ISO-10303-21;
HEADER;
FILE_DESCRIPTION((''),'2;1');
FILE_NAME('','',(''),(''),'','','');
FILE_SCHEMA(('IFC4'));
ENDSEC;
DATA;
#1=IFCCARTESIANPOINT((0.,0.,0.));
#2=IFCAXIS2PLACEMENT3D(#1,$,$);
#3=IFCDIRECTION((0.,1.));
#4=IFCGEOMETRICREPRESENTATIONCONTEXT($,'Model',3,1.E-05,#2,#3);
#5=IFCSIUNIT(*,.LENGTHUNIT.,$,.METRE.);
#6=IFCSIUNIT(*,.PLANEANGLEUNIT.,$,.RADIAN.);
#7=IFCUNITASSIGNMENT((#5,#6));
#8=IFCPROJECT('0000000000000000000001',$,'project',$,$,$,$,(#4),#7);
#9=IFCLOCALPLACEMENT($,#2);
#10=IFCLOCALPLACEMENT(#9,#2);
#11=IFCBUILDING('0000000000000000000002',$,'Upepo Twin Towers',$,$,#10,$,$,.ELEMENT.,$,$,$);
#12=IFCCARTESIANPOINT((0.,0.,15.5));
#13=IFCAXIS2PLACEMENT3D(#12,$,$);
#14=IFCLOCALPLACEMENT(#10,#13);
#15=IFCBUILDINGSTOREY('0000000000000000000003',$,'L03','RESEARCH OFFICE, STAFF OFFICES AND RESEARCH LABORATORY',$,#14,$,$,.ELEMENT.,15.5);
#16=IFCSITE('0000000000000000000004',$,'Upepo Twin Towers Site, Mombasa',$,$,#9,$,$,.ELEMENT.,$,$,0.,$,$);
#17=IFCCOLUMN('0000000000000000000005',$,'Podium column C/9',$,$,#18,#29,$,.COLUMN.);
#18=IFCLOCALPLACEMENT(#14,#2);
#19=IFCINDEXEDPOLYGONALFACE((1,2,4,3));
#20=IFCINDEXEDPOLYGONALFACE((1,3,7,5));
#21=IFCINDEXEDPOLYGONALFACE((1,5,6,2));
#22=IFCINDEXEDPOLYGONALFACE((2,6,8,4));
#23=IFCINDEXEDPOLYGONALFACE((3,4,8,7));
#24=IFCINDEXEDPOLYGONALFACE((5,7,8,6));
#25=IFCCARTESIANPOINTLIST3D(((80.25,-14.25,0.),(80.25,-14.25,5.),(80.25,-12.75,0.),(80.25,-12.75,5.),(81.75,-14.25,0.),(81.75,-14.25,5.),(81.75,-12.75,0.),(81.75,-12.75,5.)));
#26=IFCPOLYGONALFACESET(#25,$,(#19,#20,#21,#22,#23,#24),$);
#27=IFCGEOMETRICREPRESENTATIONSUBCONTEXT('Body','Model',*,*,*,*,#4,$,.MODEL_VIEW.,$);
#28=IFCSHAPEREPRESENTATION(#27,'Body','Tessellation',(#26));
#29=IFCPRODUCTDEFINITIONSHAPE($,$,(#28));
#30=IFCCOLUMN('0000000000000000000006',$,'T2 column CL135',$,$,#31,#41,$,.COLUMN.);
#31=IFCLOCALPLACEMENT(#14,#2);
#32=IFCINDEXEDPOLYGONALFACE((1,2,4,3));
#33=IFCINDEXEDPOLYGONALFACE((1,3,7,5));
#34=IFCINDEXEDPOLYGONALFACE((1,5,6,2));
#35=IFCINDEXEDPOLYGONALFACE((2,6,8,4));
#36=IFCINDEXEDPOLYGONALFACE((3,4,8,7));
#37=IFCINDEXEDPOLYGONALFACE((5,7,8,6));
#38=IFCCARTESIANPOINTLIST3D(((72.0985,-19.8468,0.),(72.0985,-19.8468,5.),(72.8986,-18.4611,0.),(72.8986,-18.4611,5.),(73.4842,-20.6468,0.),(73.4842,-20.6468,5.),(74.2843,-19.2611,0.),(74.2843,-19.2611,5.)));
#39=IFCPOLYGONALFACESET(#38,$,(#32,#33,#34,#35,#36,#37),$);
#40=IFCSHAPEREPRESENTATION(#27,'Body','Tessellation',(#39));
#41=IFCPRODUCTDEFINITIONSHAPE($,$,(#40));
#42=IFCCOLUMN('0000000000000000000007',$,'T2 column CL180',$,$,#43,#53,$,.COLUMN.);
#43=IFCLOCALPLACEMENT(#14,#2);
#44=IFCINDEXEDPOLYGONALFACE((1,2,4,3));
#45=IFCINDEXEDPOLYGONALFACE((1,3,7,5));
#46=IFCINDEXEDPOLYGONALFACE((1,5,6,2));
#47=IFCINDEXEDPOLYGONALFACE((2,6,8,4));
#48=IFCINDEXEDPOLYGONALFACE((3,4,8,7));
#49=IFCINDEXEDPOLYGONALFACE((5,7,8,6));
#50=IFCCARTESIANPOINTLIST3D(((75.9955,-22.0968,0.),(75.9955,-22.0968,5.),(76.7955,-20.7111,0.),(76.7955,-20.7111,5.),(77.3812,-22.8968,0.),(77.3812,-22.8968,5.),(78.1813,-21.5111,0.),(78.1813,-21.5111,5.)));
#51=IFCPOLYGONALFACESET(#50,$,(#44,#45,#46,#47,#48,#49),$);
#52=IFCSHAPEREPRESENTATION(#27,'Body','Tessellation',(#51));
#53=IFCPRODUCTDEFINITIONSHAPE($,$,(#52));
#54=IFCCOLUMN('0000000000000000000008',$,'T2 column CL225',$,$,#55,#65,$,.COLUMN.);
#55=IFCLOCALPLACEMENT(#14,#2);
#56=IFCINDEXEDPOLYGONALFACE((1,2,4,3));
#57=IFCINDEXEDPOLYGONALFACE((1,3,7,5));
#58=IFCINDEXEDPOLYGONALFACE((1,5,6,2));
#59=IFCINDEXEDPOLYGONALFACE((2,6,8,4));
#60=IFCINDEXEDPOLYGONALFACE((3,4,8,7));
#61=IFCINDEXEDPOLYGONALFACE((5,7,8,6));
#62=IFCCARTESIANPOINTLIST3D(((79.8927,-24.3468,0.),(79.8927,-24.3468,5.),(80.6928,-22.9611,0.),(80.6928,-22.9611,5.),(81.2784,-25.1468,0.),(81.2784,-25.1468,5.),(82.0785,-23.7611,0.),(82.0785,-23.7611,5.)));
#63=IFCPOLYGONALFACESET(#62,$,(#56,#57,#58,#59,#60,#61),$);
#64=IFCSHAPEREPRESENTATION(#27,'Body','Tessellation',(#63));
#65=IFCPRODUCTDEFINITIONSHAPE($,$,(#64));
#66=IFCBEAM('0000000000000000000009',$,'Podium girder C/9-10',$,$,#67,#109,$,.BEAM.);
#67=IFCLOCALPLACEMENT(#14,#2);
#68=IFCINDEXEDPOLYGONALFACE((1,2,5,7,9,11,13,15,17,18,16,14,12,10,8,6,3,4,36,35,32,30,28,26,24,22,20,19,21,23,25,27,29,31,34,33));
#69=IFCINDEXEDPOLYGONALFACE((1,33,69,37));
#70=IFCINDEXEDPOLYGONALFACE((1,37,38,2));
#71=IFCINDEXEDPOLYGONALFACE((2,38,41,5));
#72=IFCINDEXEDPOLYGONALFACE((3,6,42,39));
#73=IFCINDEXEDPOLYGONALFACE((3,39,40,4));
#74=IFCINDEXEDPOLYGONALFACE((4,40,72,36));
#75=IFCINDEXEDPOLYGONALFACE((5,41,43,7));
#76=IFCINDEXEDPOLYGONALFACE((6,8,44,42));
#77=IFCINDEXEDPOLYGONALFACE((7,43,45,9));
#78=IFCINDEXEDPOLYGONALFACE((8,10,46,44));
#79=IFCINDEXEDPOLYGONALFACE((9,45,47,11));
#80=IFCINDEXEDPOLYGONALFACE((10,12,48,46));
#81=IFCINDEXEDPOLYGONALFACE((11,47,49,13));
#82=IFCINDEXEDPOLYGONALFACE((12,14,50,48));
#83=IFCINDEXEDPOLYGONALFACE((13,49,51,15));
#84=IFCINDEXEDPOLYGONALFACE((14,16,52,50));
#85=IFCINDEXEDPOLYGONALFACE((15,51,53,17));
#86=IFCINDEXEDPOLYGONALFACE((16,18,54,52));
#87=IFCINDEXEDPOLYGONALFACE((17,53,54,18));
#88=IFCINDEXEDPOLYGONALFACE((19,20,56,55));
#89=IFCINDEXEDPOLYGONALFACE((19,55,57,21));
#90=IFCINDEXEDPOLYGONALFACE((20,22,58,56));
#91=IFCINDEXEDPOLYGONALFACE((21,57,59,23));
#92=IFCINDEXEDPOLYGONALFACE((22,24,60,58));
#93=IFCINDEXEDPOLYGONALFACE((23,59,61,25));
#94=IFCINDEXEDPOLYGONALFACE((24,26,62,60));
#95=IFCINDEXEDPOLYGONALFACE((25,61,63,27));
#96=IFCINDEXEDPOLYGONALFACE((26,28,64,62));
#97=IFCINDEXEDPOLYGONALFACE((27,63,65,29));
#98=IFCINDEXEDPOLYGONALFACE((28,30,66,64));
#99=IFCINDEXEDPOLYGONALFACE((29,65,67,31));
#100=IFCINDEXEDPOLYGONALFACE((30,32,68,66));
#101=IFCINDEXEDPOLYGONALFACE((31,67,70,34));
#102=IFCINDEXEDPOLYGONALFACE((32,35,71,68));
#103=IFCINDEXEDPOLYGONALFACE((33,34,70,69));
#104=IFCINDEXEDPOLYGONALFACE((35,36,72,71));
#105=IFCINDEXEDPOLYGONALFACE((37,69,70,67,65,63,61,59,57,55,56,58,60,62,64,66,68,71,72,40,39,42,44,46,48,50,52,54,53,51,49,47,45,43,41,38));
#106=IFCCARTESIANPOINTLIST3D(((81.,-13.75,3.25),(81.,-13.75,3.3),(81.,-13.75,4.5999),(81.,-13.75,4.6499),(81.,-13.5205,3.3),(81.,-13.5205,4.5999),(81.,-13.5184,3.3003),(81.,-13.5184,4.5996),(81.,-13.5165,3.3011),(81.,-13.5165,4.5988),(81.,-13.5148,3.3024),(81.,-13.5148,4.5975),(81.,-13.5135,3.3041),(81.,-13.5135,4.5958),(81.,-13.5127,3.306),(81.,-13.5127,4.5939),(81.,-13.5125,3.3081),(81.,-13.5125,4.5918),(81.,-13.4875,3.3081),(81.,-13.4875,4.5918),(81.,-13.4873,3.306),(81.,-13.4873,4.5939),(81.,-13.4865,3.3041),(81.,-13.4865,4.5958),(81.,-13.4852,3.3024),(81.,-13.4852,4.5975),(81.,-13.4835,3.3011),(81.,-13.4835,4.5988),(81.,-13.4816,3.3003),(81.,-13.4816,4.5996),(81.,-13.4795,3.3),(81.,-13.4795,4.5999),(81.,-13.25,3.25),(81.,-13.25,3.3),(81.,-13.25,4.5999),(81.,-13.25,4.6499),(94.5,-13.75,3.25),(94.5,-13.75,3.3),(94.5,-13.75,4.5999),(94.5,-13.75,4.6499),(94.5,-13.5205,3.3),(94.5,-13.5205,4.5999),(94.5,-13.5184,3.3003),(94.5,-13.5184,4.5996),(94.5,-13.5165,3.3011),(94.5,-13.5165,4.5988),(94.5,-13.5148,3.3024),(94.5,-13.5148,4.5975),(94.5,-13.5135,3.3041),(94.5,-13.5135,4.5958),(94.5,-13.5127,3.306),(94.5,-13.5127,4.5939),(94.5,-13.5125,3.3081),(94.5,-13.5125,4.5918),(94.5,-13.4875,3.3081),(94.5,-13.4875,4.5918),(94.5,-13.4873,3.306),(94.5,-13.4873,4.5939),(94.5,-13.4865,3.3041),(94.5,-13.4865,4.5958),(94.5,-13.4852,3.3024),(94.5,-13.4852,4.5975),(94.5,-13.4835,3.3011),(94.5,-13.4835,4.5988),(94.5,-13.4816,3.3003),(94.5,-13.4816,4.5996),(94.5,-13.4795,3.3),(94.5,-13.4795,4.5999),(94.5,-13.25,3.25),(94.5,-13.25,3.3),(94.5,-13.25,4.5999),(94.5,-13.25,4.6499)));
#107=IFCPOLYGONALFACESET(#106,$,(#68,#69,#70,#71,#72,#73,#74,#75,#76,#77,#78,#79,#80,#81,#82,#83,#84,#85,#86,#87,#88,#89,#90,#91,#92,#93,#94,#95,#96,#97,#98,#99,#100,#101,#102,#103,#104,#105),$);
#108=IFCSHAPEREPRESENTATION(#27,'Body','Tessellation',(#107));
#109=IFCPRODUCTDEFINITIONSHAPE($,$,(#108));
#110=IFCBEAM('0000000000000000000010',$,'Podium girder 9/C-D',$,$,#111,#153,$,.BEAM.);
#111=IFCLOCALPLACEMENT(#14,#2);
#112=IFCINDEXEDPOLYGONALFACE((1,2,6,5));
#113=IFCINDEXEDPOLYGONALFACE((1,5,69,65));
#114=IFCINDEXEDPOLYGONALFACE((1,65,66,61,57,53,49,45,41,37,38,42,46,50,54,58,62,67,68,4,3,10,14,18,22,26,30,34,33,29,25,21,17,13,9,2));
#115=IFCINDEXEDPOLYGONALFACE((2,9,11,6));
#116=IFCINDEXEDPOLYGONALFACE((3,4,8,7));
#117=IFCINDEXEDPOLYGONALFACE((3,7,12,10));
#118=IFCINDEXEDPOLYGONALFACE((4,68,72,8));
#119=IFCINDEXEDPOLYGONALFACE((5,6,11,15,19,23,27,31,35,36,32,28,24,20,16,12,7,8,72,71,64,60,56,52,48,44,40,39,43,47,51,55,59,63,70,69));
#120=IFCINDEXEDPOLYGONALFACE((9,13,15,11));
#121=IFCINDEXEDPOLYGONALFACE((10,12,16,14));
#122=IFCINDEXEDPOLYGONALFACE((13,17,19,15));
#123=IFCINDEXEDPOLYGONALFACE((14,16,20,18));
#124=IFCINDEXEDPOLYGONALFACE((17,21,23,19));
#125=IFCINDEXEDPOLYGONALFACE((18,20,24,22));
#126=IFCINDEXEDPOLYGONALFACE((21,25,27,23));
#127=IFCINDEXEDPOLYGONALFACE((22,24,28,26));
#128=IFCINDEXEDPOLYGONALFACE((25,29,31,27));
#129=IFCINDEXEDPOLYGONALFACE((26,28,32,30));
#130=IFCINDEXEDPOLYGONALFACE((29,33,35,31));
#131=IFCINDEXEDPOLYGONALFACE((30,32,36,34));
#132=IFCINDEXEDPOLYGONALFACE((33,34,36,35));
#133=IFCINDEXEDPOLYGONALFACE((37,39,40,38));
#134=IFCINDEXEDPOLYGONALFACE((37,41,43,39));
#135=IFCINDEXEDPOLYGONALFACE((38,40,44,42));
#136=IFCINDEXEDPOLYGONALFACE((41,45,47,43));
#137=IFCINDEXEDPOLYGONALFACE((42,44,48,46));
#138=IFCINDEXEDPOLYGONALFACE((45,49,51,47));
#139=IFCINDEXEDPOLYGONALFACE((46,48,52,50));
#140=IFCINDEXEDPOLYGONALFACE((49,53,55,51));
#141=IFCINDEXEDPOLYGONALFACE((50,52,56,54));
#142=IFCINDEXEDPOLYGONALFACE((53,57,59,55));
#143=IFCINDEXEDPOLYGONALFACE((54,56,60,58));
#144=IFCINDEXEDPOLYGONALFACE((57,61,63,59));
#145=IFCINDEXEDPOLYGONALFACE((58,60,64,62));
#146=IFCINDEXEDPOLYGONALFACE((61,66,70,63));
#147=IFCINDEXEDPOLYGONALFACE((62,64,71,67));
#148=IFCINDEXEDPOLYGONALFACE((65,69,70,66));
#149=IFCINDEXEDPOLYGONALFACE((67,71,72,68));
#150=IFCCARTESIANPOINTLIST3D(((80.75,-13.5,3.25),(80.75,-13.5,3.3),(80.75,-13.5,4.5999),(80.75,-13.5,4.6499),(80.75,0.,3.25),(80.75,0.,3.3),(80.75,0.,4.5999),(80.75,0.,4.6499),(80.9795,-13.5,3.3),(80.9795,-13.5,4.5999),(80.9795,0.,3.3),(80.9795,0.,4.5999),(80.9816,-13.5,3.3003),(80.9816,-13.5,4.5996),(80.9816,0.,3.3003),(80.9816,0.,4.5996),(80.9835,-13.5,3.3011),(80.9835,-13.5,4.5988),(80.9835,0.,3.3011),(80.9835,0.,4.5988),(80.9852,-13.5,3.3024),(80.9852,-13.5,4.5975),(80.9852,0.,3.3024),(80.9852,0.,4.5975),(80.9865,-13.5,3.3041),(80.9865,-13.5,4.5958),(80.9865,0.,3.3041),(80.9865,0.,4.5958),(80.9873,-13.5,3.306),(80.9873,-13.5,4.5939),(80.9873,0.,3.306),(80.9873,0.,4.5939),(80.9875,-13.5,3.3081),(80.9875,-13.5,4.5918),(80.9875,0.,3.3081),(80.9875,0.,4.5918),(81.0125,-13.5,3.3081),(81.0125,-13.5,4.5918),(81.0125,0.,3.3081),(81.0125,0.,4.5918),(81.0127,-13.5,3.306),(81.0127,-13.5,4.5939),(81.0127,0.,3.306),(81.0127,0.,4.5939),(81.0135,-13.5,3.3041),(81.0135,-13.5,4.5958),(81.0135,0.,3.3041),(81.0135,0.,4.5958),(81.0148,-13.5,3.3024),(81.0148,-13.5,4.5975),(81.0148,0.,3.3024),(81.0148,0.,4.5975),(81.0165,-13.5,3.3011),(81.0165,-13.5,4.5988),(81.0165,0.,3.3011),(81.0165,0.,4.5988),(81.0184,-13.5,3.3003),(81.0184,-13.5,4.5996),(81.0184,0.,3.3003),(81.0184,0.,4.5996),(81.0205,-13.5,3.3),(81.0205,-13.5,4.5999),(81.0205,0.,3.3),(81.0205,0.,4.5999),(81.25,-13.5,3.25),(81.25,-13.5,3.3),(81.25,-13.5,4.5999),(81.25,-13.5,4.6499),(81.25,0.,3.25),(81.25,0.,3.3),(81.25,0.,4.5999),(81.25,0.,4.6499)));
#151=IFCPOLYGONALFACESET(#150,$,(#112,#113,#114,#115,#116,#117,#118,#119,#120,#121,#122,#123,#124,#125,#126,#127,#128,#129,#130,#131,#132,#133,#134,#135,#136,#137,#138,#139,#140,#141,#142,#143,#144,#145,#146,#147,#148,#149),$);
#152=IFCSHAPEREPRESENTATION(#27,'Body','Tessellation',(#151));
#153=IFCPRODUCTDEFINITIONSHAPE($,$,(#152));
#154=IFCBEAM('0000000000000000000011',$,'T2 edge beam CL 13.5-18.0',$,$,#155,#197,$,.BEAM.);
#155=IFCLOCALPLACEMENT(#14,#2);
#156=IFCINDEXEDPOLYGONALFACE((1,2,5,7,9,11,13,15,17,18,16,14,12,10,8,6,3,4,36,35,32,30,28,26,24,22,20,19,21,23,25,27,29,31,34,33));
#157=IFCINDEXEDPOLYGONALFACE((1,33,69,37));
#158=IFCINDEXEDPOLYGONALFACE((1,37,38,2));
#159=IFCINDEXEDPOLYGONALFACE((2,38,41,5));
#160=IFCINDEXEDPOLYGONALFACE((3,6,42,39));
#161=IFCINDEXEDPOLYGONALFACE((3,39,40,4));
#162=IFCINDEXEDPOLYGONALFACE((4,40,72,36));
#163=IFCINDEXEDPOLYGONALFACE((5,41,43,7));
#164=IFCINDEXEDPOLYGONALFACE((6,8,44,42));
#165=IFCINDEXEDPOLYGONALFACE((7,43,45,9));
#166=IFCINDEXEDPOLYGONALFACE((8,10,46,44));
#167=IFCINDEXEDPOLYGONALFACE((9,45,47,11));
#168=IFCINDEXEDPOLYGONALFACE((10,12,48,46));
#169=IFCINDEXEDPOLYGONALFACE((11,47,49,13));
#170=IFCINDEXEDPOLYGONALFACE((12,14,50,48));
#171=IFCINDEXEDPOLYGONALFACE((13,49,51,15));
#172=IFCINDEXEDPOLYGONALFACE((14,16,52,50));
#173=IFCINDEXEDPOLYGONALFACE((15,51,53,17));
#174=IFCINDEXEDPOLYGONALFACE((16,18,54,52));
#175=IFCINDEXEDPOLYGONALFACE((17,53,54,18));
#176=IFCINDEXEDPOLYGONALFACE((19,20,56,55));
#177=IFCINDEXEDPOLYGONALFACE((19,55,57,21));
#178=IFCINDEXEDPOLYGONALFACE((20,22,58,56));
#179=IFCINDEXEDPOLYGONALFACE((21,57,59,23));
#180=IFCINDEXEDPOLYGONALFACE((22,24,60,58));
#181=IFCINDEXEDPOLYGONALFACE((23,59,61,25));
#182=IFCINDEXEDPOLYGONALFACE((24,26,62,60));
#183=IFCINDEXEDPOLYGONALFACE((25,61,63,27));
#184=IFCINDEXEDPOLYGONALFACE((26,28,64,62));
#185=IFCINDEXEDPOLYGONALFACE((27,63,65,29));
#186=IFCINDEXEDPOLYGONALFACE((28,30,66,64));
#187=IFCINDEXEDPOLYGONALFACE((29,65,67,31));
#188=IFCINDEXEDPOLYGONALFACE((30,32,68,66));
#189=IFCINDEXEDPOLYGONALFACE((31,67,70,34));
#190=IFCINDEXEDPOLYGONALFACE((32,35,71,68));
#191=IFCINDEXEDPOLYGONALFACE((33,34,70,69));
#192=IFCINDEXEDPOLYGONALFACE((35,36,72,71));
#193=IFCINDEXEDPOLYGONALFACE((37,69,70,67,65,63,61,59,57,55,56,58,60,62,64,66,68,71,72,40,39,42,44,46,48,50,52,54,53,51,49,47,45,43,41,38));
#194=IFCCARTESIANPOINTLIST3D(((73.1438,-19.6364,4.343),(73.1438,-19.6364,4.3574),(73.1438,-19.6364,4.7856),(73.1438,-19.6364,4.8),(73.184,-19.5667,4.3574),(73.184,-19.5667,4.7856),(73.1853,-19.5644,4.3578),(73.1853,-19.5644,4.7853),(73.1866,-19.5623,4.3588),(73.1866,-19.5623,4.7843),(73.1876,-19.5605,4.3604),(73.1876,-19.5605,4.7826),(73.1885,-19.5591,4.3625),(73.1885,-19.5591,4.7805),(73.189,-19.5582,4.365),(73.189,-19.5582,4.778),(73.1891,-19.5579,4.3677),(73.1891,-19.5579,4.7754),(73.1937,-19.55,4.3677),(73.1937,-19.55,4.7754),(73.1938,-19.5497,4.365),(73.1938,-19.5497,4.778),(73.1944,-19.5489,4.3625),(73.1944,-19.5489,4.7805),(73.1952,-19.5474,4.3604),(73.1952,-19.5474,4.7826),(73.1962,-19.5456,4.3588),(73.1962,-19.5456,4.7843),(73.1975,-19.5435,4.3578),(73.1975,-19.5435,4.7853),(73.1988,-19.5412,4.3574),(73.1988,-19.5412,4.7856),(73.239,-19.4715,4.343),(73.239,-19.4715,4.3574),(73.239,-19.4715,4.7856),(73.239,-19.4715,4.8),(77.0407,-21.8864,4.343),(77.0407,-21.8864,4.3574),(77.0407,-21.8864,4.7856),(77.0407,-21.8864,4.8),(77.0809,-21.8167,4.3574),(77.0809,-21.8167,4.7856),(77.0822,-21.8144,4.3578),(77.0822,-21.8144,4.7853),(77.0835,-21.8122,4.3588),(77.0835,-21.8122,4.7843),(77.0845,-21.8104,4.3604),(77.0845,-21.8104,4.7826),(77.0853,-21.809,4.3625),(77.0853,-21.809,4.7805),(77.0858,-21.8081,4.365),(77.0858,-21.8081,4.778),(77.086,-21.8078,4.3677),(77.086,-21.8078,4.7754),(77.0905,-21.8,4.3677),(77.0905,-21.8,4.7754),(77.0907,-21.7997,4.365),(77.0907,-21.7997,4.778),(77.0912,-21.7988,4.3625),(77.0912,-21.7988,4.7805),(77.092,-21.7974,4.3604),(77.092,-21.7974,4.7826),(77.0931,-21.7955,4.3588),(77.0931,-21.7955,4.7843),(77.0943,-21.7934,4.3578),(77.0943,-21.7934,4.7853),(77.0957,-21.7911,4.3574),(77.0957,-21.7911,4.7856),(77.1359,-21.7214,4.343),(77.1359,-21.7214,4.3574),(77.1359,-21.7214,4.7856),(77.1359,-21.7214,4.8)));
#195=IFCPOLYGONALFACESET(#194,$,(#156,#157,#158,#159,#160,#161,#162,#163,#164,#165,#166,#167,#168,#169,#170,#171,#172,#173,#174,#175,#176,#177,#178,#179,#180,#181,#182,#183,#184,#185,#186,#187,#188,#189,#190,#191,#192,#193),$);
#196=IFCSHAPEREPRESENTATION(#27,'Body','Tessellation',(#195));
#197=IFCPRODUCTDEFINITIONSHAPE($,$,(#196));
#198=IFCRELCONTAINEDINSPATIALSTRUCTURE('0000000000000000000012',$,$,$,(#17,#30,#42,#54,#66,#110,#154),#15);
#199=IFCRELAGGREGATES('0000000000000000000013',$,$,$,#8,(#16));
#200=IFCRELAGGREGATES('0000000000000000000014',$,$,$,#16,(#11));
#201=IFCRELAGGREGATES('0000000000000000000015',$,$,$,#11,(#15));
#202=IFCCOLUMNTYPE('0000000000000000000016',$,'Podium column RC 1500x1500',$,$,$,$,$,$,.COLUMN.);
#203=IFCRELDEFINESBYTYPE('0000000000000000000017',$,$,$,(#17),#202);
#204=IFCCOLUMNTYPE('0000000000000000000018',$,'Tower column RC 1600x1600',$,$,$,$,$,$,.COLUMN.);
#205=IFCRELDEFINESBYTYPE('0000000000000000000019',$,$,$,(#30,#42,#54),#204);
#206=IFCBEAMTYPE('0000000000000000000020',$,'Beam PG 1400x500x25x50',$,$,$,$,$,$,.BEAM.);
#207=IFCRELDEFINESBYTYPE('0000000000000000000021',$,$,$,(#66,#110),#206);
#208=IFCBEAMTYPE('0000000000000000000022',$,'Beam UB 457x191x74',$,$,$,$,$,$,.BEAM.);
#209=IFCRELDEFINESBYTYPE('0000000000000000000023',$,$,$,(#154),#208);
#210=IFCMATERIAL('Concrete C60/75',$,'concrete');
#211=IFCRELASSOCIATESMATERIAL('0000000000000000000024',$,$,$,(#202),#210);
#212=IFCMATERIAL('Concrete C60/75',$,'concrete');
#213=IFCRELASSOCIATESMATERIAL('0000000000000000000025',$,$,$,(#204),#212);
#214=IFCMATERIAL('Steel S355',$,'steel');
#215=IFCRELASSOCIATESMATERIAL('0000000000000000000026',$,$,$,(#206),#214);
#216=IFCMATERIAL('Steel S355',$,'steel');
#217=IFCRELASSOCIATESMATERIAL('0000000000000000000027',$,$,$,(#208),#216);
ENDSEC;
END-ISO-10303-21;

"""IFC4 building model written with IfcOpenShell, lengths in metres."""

from ifc_helpers import new_model, si_unit, direction, frame, origin, origin_2d, place, context, subcontext, project, spatial, rectangle, i_section, extrude, material, material_profile, profile_set, type_object, element, save


model = new_model("IFC4")

# Units and contexts
model_context = context("Model", 3, precision=1e-05, world=origin(), true_north=direction((0.0, 1.0)))
body_context = subcontext(model_context, "Body", "Model", "MODEL_VIEW")
ifc_project = project(units=[si_unit("LENGTHUNIT", "METRE"), si_unit("PLANEANGLEUNIT", "RADIAN")], contexts=[model_context])

# Site, building, storey
site_placement = place(None, origin())
site = spatial("IfcSite", under=ifc_project, at=site_placement, Name="Upepo Twin Towers Site, Mombasa", CompositionType="ELEMENT", RefElevation=0.0)
building_placement = place(site_placement, origin())
building = spatial("IfcBuilding", under=site, at=building_placement, Name="Upepo Twin Towers", CompositionType="ELEMENT")
storey_placement = place(building_placement, frame((0.0, 0.0, 15.5)))
storey = spatial("IfcBuildingStorey", under=building, at=storey_placement, Name="L03", Description="RESEARCH OFFICE, STAFF OFFICES AND RESEARCH LABORATORY", CompositionType="ELEMENT", Elevation=15.5)

# Columns
ifc_material_1 = material(Name="Concrete C60/75", Category="concrete")
ifc_material_profile_1 = material_profile(ifc_material_1, rectangle(XDim=1.5, YDim=1.5, at=origin_2d()), Name="RC 1500x1500")
ifc_profile_set_1 = profile_set([ifc_material_profile_1], Name="Concrete C60/75")
column_type_1 = type_object("IfcColumnType", Name="Podium column RC 1500x1500", PredefinedType="COLUMN", material=ifc_profile_set_1)
column_placement = place(storey_placement, frame((81.0, -13.5, 0.0), z_axis=(0.0, 0.0, 1.0), x_axis=(1.0, 0.0, 0.0)))
element("IfcColumn", 1, at=column_placement, inside=storey, type_object=column_type_1, Name="Podium column C/9", PredefinedType="COLUMN", context=body_context, shape_type="SweptSolid", body=[
    extrude(rectangle(XDim=1.5, YDim=1.5, at=origin_2d()), origin(), (0.0, 0.0, 1.0), 5.0),
])
ifc_material_2 = material(Name="Concrete C60/75", Category="concrete")
ifc_material_profile_2 = material_profile(ifc_material_2, rectangle(XDim=1.6001, YDim=1.6001, at=origin_2d()), Name="RC 1600x1600")
ifc_profile_set_2 = profile_set([ifc_material_profile_2], Name="Concrete C60/75")
column_type_2 = type_object("IfcColumnType", Name="Tower column RC 1600x1600", PredefinedType="COLUMN", material=ifc_profile_set_2)
for number, where, z_axis, x_axis, name in (
    (2, (73.1914, -19.554, 0.0), (0.0, 0.0, 1.0), (0.5, 0.866025, 0.0), "T2 column CL135"),
    (3, (77.0884, -21.804, 0.0), (0.0, 0.0, 1.0), (0.5, 0.866025, 0.0), "T2 column CL180"),
    (4, (80.9856, -24.054, 0.0), (0.0, 0.0, 1.0), (0.5, 0.866025, 0.0), "T2 column CL225"),
):
    element("IfcColumn", number, at=place(storey_placement, frame(where, z_axis=z_axis, x_axis=x_axis)), inside=storey, type_object=column_type_2, Name=name, PredefinedType="COLUMN", context=body_context, shape_type="SweptSolid", body=[
        extrude(rectangle(XDim=1.6001, YDim=1.6001, at=origin_2d()), origin(), (0.0, 0.0, 1.0), 5.0),
    ])

# Beams
ifc_material_3 = material(Name="Steel S355", Category="steel")
ifc_material_profile_3 = material_profile(ifc_material_3, i_section(OverallWidth=0.5, OverallDepth=1.3999, WebThickness=0.0249, FlangeThickness=0.05, FilletRadius=0.0081, at=origin_2d()), Name="PG 1400x500x25x50")
ifc_profile_set_3 = profile_set([ifc_material_profile_3], Name="Steel S355")
beam_type_1 = type_object("IfcBeamType", Name="Beam PG 1400x500x25x50", PredefinedType="BEAM", material=ifc_profile_set_3)
for number, where, z_axis, x_axis, name in (
    (5, (81.0, -13.5, 3.95), (1.0, 0.0, 0.0), (0.0, 1.0, 0.0), "Podium girder C/9-10"),
    (6, (81.0, -13.5, 3.95), (0.0, 1.0, 0.0), (-1.0, 0.0, 0.0), "Podium girder 9/C-D"),
):
    element("IfcBeam", number, at=place(storey_placement, frame(where, z_axis=z_axis, x_axis=x_axis)), inside=storey, type_object=beam_type_1, Name=name, PredefinedType="BEAM", context=body_context, shape_type="SweptSolid", body=[
        extrude(i_section(OverallWidth=0.5, OverallDepth=1.3999, WebThickness=0.0249, FlangeThickness=0.05, FilletRadius=0.0081, at=origin_2d()), origin(), (0.0, 0.0, 1.0), 13.5),
    ])
ifc_material_4 = material(Name="Steel S355", Category="steel")
ifc_material_profile_4 = material_profile(ifc_material_4, i_section(OverallWidth=0.1904, OverallDepth=0.457, WebThickness=0.009, FlangeThickness=0.0144, FilletRadius=0.0103, at=origin_2d()), Name="UB 457x191x74")
ifc_profile_set_4 = profile_set([ifc_material_profile_4], Name="Steel S355")
beam_type_2 = type_object("IfcBeamType", Name="Beam UB 457x191x74", PredefinedType="BEAM", material=ifc_profile_set_4)
beam_1_placement = place(storey_placement, frame((73.1914, -19.554, 4.5715), z_axis=(0.866018, -0.500014, 0.0), x_axis=(0.500014, 0.866018, 0.0)))
element("IfcBeam", 7, at=beam_1_placement, inside=storey, type_object=beam_type_2, Name="T2 edge beam CL 13.5-18.0", PredefinedType="BEAM", context=body_context, shape_type="SweptSolid", body=[
    extrude(i_section(OverallWidth=0.1904, OverallDepth=0.457, WebThickness=0.009, FlangeThickness=0.0144, FilletRadius=0.0103, at=origin_2d()), origin(), (0.0, 0.0, 1.0), 4.4998),
])

save(model, "model.ifc")
